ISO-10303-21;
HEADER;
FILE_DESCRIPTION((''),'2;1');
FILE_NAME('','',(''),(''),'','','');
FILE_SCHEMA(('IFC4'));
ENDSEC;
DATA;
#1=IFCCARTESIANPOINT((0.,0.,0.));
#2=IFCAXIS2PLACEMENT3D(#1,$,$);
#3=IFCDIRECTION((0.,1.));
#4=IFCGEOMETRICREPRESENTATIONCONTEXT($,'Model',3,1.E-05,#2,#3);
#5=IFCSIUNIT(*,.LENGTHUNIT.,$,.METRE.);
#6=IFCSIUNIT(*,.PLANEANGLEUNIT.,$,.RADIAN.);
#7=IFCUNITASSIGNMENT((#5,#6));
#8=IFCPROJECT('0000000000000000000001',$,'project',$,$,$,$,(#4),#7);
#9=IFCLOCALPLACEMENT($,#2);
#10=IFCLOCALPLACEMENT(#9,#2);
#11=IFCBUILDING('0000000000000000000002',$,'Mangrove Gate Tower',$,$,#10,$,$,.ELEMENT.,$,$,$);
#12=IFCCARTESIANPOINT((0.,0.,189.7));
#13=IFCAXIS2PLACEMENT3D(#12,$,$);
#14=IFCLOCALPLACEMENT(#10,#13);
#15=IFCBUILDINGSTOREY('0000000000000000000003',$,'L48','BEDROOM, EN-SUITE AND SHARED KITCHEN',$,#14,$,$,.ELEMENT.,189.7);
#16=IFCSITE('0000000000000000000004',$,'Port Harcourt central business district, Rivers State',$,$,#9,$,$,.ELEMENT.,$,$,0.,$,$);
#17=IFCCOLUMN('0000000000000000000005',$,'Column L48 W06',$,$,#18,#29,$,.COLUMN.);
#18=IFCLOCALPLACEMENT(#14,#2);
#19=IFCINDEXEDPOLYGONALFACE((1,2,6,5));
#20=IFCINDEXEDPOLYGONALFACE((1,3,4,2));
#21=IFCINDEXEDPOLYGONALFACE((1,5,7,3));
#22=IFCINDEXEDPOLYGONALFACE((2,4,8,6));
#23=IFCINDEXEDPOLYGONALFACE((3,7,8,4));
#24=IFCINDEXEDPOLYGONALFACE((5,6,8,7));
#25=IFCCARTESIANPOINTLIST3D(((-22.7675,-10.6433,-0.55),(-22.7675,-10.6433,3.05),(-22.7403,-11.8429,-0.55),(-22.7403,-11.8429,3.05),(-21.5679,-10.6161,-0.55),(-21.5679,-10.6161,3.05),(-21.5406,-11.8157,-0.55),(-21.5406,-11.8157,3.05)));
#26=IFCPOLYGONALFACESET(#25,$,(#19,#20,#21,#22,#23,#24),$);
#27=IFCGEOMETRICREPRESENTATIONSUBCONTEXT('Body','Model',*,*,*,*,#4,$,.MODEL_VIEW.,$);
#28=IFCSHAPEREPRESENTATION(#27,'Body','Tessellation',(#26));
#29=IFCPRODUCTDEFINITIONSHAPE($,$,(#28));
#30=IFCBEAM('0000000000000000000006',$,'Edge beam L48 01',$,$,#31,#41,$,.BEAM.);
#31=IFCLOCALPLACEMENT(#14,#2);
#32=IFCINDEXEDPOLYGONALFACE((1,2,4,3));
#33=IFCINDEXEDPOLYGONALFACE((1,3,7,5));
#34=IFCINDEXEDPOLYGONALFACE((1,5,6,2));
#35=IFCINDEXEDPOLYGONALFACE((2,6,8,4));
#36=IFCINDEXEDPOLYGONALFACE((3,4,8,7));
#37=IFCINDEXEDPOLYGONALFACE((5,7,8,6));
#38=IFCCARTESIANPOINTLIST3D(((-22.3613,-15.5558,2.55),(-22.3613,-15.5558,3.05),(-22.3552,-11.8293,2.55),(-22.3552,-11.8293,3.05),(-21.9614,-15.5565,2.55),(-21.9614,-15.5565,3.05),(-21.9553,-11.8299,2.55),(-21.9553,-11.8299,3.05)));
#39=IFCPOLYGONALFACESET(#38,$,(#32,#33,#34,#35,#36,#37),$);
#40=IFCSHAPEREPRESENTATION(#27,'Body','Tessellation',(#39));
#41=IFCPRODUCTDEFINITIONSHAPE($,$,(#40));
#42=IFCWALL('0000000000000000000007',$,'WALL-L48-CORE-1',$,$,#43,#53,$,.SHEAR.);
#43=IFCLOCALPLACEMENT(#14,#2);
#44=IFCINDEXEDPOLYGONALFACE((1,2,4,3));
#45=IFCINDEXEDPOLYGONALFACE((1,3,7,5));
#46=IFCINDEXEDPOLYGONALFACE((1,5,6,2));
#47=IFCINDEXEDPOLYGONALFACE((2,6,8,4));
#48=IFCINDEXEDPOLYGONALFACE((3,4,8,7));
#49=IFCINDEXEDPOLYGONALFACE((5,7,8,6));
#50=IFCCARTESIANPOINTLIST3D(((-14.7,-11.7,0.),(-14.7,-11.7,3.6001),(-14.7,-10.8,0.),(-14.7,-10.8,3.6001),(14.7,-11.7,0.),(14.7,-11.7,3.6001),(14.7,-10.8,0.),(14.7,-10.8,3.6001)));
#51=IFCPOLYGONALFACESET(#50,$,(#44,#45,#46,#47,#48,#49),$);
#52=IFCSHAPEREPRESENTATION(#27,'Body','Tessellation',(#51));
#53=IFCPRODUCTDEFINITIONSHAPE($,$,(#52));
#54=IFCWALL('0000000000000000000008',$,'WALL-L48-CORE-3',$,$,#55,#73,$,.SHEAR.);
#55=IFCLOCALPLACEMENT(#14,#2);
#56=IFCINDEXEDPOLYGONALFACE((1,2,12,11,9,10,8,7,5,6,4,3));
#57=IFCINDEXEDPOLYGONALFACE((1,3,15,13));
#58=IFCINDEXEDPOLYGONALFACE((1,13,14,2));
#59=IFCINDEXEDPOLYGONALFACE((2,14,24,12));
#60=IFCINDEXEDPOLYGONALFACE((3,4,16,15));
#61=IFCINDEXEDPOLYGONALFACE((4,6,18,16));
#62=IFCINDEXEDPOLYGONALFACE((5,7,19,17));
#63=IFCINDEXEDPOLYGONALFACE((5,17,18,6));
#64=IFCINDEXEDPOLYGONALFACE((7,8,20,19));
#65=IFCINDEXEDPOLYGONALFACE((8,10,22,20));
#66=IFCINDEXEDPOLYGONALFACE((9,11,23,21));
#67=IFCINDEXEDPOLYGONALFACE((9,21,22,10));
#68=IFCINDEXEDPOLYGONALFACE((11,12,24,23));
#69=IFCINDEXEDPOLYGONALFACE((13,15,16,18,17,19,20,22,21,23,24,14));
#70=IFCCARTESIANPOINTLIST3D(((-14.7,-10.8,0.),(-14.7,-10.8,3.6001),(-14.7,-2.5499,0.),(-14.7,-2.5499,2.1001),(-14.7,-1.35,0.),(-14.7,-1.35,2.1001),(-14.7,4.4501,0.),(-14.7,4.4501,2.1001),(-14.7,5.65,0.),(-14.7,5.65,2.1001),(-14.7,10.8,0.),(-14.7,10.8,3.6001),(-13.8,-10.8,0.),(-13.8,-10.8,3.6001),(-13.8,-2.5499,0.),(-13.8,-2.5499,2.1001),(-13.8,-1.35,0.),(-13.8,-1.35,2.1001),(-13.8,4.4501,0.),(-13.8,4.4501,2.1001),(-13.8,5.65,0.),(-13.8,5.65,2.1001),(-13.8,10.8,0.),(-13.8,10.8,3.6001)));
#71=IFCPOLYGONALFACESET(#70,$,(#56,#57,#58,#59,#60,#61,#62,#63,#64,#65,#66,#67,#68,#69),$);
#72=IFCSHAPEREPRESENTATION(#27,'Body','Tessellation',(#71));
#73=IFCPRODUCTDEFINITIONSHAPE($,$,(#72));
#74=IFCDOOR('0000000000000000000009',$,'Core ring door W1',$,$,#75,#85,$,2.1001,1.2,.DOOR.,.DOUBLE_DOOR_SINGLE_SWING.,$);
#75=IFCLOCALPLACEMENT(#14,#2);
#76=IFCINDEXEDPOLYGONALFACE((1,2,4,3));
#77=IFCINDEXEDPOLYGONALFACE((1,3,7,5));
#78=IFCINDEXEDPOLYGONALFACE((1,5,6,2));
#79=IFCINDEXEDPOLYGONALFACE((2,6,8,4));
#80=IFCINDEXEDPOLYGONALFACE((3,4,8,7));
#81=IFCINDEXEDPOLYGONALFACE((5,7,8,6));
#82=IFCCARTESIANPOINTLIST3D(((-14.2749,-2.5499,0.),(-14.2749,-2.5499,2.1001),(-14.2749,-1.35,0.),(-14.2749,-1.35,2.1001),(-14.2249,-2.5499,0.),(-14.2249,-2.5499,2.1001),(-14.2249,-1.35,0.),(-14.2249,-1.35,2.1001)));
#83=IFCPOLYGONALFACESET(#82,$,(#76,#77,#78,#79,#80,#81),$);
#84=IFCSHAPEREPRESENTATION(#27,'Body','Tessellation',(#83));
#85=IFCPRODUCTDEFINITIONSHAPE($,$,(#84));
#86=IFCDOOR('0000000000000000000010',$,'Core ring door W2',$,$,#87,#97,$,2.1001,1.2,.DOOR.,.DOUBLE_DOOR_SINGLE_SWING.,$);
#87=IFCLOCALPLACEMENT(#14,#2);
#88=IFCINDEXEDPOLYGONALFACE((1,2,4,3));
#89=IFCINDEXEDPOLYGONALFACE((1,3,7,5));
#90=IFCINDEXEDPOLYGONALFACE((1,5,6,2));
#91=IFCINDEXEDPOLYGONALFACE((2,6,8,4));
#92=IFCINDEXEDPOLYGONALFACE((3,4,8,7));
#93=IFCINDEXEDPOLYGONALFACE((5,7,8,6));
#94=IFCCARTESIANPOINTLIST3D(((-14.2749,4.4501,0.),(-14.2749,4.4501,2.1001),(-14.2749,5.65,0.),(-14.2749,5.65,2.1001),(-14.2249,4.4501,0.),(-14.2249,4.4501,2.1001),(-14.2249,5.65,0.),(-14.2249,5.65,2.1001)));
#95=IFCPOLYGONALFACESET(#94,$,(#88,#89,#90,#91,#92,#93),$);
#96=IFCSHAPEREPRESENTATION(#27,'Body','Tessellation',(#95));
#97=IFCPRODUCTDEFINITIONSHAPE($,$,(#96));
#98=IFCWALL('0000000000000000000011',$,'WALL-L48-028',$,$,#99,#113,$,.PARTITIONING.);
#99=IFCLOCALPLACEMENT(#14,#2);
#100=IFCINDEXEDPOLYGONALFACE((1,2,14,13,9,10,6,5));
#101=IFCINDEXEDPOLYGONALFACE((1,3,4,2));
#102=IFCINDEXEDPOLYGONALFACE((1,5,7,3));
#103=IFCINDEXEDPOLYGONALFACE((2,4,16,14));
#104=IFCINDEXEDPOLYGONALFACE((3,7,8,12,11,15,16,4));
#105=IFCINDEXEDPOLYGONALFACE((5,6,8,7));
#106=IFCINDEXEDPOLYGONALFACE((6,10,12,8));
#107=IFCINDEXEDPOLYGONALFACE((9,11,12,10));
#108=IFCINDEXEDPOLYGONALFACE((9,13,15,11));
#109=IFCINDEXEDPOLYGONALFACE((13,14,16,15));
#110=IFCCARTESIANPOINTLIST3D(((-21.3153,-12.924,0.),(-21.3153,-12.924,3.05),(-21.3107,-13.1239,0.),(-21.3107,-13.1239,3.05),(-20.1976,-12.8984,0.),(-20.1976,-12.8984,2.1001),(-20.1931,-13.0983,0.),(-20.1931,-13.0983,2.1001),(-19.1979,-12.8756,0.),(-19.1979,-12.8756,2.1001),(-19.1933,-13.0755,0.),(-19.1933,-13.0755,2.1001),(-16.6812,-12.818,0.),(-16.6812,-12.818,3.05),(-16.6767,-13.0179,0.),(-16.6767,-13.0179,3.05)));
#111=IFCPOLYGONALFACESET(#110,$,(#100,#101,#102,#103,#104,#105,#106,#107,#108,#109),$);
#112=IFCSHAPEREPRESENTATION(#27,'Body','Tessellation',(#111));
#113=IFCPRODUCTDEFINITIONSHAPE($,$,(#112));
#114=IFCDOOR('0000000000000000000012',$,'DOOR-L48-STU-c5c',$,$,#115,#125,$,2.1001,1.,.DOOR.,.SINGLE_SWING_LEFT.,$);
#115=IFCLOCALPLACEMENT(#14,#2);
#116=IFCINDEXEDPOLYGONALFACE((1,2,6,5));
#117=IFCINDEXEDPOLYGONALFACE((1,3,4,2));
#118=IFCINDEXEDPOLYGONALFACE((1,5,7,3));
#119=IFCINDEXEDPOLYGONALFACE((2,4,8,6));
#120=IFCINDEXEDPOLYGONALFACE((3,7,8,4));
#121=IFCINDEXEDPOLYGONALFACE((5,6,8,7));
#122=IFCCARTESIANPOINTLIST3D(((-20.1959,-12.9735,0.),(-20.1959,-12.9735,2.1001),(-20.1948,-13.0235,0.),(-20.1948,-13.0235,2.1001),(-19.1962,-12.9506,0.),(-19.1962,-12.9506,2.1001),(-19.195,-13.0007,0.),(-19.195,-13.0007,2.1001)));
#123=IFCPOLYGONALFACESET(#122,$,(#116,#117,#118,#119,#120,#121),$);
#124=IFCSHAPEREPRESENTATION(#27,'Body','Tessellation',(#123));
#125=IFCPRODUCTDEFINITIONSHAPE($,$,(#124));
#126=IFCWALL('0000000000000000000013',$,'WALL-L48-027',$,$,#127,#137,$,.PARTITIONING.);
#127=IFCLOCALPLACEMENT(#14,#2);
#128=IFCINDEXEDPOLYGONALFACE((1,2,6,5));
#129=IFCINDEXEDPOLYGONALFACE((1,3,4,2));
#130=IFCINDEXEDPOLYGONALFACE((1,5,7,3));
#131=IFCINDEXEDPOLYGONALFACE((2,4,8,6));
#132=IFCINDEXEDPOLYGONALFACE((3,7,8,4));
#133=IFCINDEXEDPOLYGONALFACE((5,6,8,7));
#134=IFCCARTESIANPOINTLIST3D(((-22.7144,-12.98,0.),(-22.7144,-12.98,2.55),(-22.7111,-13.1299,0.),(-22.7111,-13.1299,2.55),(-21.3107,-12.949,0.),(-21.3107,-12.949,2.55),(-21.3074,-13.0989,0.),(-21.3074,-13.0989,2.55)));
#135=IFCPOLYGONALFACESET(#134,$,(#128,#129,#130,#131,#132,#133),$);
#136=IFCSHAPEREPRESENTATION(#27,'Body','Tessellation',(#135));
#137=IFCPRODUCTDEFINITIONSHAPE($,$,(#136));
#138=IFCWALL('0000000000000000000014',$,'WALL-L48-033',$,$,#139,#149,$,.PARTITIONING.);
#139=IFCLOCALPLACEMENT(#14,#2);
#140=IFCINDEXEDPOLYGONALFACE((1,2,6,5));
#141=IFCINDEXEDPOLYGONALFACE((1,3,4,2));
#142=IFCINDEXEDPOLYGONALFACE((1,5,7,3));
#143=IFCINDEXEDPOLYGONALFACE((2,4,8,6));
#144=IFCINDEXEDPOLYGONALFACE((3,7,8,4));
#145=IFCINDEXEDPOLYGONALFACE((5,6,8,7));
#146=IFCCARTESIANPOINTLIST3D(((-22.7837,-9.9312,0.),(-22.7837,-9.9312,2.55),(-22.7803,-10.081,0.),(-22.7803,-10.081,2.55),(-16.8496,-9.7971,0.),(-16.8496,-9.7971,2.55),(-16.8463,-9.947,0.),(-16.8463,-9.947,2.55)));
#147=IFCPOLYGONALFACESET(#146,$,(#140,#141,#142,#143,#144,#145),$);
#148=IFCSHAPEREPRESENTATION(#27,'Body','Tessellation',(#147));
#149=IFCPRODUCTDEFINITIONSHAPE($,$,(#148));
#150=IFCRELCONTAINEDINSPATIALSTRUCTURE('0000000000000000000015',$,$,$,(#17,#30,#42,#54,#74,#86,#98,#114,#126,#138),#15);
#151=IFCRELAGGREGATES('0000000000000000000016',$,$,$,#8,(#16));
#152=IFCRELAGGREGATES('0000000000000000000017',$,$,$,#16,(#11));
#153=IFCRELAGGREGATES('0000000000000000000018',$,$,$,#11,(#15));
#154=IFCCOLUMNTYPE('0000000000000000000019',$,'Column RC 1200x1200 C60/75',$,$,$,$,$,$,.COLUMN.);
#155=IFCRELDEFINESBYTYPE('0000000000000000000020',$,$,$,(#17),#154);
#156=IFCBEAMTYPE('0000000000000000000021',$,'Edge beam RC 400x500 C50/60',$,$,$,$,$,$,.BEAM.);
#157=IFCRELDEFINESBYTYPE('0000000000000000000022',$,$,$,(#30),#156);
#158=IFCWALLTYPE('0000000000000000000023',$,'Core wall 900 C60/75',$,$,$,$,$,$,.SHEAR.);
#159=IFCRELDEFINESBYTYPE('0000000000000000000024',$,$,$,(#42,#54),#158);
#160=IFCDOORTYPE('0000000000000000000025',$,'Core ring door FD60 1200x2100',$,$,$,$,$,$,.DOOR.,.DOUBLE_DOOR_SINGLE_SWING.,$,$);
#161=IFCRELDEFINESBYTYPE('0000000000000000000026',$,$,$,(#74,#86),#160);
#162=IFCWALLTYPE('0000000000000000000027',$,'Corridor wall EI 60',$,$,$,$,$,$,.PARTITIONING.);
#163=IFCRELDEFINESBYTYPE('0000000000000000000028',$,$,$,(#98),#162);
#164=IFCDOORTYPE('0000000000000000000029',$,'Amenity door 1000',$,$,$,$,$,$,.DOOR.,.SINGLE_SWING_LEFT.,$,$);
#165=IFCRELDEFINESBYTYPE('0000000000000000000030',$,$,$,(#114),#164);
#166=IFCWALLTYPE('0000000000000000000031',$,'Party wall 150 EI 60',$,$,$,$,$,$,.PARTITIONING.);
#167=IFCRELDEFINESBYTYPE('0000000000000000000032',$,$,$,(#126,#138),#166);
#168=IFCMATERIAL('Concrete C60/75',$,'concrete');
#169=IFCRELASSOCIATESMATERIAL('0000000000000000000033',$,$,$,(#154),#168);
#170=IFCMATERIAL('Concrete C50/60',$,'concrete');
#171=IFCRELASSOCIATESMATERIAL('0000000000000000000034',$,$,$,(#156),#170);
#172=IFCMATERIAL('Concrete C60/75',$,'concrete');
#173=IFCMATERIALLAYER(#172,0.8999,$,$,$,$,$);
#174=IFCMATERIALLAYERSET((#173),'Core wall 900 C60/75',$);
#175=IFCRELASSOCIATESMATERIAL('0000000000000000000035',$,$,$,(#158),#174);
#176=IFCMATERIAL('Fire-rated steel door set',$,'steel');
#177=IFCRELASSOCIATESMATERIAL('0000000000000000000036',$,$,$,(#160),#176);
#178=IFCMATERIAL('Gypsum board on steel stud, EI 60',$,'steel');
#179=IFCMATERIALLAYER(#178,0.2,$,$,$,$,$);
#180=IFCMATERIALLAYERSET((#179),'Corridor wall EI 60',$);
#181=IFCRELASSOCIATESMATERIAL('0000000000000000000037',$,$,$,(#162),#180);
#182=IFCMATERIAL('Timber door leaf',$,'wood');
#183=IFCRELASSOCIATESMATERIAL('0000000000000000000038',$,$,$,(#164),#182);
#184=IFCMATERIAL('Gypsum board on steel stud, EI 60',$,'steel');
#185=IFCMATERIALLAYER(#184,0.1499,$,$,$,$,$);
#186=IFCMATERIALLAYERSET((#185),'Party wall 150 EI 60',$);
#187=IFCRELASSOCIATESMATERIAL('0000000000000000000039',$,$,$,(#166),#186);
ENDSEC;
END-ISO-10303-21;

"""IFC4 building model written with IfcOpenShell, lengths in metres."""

from ifc_helpers import new_model, si_unit, direction, frame, frame_2d, origin, origin_2d, place, context, subcontext, project, spatial, rectangle, extrude, material, layer, layer_set, material_profile, profile_set, type_object, element, fill, save


model = new_model("IFC4")

# Units and contexts
model_context = context("Model", 3, precision=1e-05, world=origin(), true_north=direction((0.0, 1.0)))
body_context = subcontext(model_context, "Body", "Model", "MODEL_VIEW")
ifc_project = project(units=[si_unit("LENGTHUNIT", "METRE"), si_unit("PLANEANGLEUNIT", "RADIAN")], contexts=[model_context])

# Site, building, storey
site_placement = place(None, origin())
site = spatial("IfcSite", under=ifc_project, at=site_placement, Name="Port Harcourt central business district, Rivers State", CompositionType="ELEMENT", RefElevation=0.0)
building_placement = place(site_placement, origin())
building = spatial("IfcBuilding", under=site, at=building_placement, Name="Mangrove Gate Tower", CompositionType="ELEMENT")
storey_placement = place(building_placement, frame((0.0, 0.0, 189.7)))
storey = spatial("IfcBuildingStorey", under=building, at=storey_placement, Name="L48", Description="BEDROOM, EN-SUITE AND SHARED KITCHEN", CompositionType="ELEMENT", Elevation=189.7)

# Column
ifc_material_1 = material(Name="Concrete C60/75", Category="concrete")
ifc_material_profile_1 = material_profile(ifc_material_1, rectangle(XDim=1.2, YDim=1.2, at=origin_2d()))
ifc_profile_set_1 = profile_set([ifc_material_profile_1], Name="Concrete C60/75")
column_type = type_object("IfcColumnType", Name="Column RC 1200x1200 C60/75", PredefinedType="COLUMN", material=ifc_profile_set_1)
column_placement = place(storey_placement, frame((-22.1541, -11.2295, -0.55), z_axis=(0.0, 0.0, 1.0), x_axis=(0.022703, -0.999742, 0.0)))
element("IfcColumn", 1, at=column_placement, inside=storey, type_object=column_type, Name="Column L48 W06", PredefinedType="COLUMN", context=body_context, shape_type="SweptSolid", body=[
    extrude(rectangle(XDim=1.2, YDim=1.2, at=origin_2d()), origin(), (0.0, 0.0, 1.0), 3.6001),
])

# Beam
ifc_material_2 = material(Name="Concrete C50/60", Category="concrete")
ifc_material_profile_2 = material_profile(ifc_material_2, rectangle(XDim=0.3999, YDim=0.5, at=origin_2d()))
ifc_profile_set_2 = profile_set([ifc_material_profile_2], Name="Concrete C50/60")
beam_type = type_object("IfcBeamType", Name="Edge beam RC 400x500 C50/60", PredefinedType="BEAM", material=ifc_profile_set_2)
beam_placement = place(storey_placement, frame((-22.1553, -11.8296, 2.8), z_axis=(-0.001638, -0.999999, 0.0), x_axis=(0.999999, -0.001638, 0.0)))
element("IfcBeam", 2, at=beam_placement, inside=storey, type_object=beam_type, Name="Edge beam L48 01", PredefinedType="BEAM", context=body_context, shape_type="SweptSolid", body=[
    extrude(rectangle(XDim=0.3999, YDim=0.5, at=origin_2d()), origin(), (0.0, 0.0, 1.0), 3.7266),
])

# Wall
ifc_material_3 = material(Name="Concrete C60/75", Category="concrete")
ifc_layer_1 = layer(ifc_material_3, 0.8999)
ifc_layer_set_1 = layer_set([ifc_layer_1], Name="Core wall 900 C60/75")
wall_type_1 = type_object("IfcWallType", Name="Core wall 900 C60/75", PredefinedType="SHEAR", material=ifc_layer_set_1)
wall_1_placement = place(storey_placement, frame((-14.7, -11.25, 0.0), z_axis=(0.0, 0.0, 1.0), x_axis=(1.0, 0.0, 0.0)))
element("IfcWall", 3, at=wall_1_placement, inside=storey, type_object=wall_type_1, Name="WALL-L48-CORE-1", PredefinedType="SHEAR", context=body_context, shape_type="SweptSolid", body=[
    extrude(rectangle(XDim=29.3999, YDim=0.8999, at=frame_2d((14.7, 0.0))), origin(), (0.0, 0.0, 1.0), 3.6001),
])

# Wall, openings, doors
wall_2_placement = place(storey_placement, frame((-14.25, -10.8, 0.0), z_axis=(0.0, 0.0, 1.0), x_axis=(0.0, 1.0, 0.0)))
wall_2 = element("IfcWall", 4, at=wall_2_placement, inside=storey, type_object=wall_type_1, Name="WALL-L48-CORE-3", PredefinedType="SHEAR", context=body_context, shape_type="SweptSolid", body=[
    extrude(rectangle(XDim=21.6001, YDim=0.8999, at=frame_2d((10.8, 0.0))), origin(), (0.0, 0.0, 1.0), 3.6001),
])
opening_1_placement = place(wall_2_placement, frame((8.25, 0.0, 0.0)))
opening_1 = element("IfcOpeningElement", 5, at=opening_1_placement, cuts=wall_2, PredefinedType="OPENING", context=body_context, shape_type="SweptSolid", body=[
    extrude(rectangle(XDim=1.2, YDim=2.1001, at=frame_2d((0.6001, 1.05))), frame((0.0, 0.46, 0.0), z_axis=(0.0, -1.0, 0.0), x_axis=(1.0, 0.0, 0.0)), (0.0, 0.0, 1.0), 0.9199),
])
opening_2_placement = place(wall_2_placement, frame((15.25, 0.0, 0.0)))
opening_2 = element("IfcOpeningElement", 6, at=opening_2_placement, cuts=wall_2, PredefinedType="OPENING", context=body_context, shape_type="SweptSolid", body=[
    extrude(rectangle(XDim=1.2, YDim=2.1001, at=frame_2d((0.6001, 1.05))), frame((0.0, 0.46, 0.0), z_axis=(0.0, -1.0, 0.0), x_axis=(1.0, 0.0, 0.0)), (0.0, 0.0, 1.0), 0.9199),
])
ifc_material_4 = material(Name="Fire-rated steel door set", Category="steel")
door_type_1 = type_object("IfcDoorType", Name="Core ring door FD60 1200x2100", OperationType="DOUBLE_DOOR_SINGLE_SWING", PredefinedType="DOOR", material=ifc_material_4)
door_1_placement = place(opening_1_placement, origin())
door_1 = element("IfcDoor", 7, at=door_1_placement, inside=storey, type_object=door_type_1, Name="Core ring door W1", OperationType="DOUBLE_DOOR_SINGLE_SWING", OverallHeight=2.1001, OverallWidth=1.2, PredefinedType="DOOR", context=body_context, shape_type="SweptSolid", body=[
    extrude(rectangle(XDim=1.2, YDim=2.1001, at=frame_2d((0.6001, 1.05))), frame((0.0, 0.0249, 0.0), z_axis=(0.0, -1.0, 0.0), x_axis=(1.0, 0.0, 0.0)), (0.0, 0.0, 1.0), 0.05),
])
fill(opening_1, door_1)
door_2_placement = place(opening_2_placement, origin())
door_2 = element("IfcDoor", 8, at=door_2_placement, inside=storey, type_object=door_type_1, Name="Core ring door W2", OperationType="DOUBLE_DOOR_SINGLE_SWING", OverallHeight=2.1001, OverallWidth=1.2, PredefinedType="DOOR", context=body_context, shape_type="SweptSolid", body=[
    extrude(rectangle(XDim=1.2, YDim=2.1001, at=frame_2d((0.6001, 1.05))), frame((0.0, 0.0249, 0.0), z_axis=(0.0, -1.0, 0.0), x_axis=(1.0, 0.0, 0.0)), (0.0, 0.0, 1.0), 0.05),
])
fill(opening_2, door_2)

# Wall, opening, door
ifc_material_5 = material(Name="Gypsum board on steel stud, EI 60", Category="steel")
ifc_layer_2 = layer(ifc_material_5, 0.2)
ifc_layer_set_2 = layer_set([ifc_layer_2], Name="Corridor wall EI 60")
wall_type_2 = type_object("IfcWallType", Name="Corridor wall EI 60", PredefinedType="PARTITIONING", material=ifc_layer_set_2)
wall_3_placement = place(storey_placement, frame((-21.313, -13.0239, 0.0), z_axis=(0.0, 0.0, 1.0), x_axis=(0.999739, 0.022859, 0.0)))
wall_3 = element("IfcWall", 9, at=wall_3_placement, inside=storey, type_object=wall_type_2, Name="WALL-L48-028", PredefinedType="PARTITIONING", context=body_context, shape_type="SweptSolid", body=[
    extrude(rectangle(XDim=4.6353, YDim=0.2, at=frame_2d((2.3176, 0.0))), origin(), (0.0, 0.0, 1.0), 3.05),
])
opening_3_placement = place(wall_3_placement, frame((1.1179, 0.0, 0.0)))
opening_3 = element("IfcOpeningElement", 10, at=opening_3_placement, cuts=wall_3, PredefinedType="OPENING", context=body_context, shape_type="SweptSolid", body=[
    extrude(rectangle(XDim=1.0, YDim=2.1001, at=frame_2d((0.5, 1.05))), frame((0.0, 0.1099, 0.0), z_axis=(0.0, -1.0, 0.0), x_axis=(1.0, 0.0, 0.0)), (0.0, 0.0, 1.0), 0.22),
])
ifc_material_6 = material(Name="Timber door leaf", Category="wood")
door_type_2 = type_object("IfcDoorType", Name="Amenity door 1000", OperationType="SINGLE_SWING_LEFT", PredefinedType="DOOR", material=ifc_material_6)
door_3_placement = place(opening_3_placement, origin())
door_3 = element("IfcDoor", 11, at=door_3_placement, inside=storey, type_object=door_type_2, Name="DOOR-L48-STU-c5c", OperationType="SINGLE_SWING_LEFT", OverallHeight=2.1001, OverallWidth=1.0, PredefinedType="DOOR", context=body_context, shape_type="SweptSolid", body=[
    extrude(rectangle(XDim=1.0, YDim=2.1001, at=frame_2d((0.5, 1.05))), frame((0.0, 0.0249, 0.0), z_axis=(0.0, -1.0, 0.0), x_axis=(1.0, 0.0, 0.0)), (0.0, 0.0, 1.0), 0.05),
])
fill(opening_3, door_3)

# Walls
ifc_material_7 = material(Name="Gypsum board on steel stud, EI 60", Category="steel")
ifc_layer_3 = layer(ifc_material_7, 0.1499)
ifc_layer_set_3 = layer_set([ifc_layer_3], Name="Party wall 150 EI 60")
wall_type_3 = type_object("IfcWallType", Name="Party wall 150 EI 60", PredefinedType="PARTITIONING", material=ifc_layer_set_3)
wall_4_placement = place(storey_placement, frame((-22.7129, -13.0549, 0.0), z_axis=(0.0, 0.0, 1.0), x_axis=(0.999756, 0.022082, 0.0)))
element("IfcWall", 12, at=wall_4_placement, inside=storey, type_object=wall_type_3, Name="WALL-L48-027", PredefinedType="PARTITIONING", context=body_context, shape_type="SweptSolid", body=[
    extrude(rectangle(XDim=1.4041, YDim=0.1499, at=frame_2d((0.7021, 0.0))), origin(), (0.0, 0.0, 1.0), 2.55),
])
wall_5_placement = place(storey_placement, frame((-22.782, -10.0061, 0.0), z_axis=(0.0, 0.0, 1.0), x_axis=(0.999745, 0.022581, 0.0)))
element("IfcWall", 13, at=wall_5_placement, inside=storey, type_object=wall_type_3, Name="WALL-L48-033", PredefinedType="PARTITIONING", context=body_context, shape_type="SweptSolid", body=[
    extrude(rectangle(XDim=5.9355, YDim=0.1499, at=frame_2d((2.9678, 0.0))), origin(), (0.0, 0.0, 1.0), 2.55),
])

save(model, "model.ifc")
